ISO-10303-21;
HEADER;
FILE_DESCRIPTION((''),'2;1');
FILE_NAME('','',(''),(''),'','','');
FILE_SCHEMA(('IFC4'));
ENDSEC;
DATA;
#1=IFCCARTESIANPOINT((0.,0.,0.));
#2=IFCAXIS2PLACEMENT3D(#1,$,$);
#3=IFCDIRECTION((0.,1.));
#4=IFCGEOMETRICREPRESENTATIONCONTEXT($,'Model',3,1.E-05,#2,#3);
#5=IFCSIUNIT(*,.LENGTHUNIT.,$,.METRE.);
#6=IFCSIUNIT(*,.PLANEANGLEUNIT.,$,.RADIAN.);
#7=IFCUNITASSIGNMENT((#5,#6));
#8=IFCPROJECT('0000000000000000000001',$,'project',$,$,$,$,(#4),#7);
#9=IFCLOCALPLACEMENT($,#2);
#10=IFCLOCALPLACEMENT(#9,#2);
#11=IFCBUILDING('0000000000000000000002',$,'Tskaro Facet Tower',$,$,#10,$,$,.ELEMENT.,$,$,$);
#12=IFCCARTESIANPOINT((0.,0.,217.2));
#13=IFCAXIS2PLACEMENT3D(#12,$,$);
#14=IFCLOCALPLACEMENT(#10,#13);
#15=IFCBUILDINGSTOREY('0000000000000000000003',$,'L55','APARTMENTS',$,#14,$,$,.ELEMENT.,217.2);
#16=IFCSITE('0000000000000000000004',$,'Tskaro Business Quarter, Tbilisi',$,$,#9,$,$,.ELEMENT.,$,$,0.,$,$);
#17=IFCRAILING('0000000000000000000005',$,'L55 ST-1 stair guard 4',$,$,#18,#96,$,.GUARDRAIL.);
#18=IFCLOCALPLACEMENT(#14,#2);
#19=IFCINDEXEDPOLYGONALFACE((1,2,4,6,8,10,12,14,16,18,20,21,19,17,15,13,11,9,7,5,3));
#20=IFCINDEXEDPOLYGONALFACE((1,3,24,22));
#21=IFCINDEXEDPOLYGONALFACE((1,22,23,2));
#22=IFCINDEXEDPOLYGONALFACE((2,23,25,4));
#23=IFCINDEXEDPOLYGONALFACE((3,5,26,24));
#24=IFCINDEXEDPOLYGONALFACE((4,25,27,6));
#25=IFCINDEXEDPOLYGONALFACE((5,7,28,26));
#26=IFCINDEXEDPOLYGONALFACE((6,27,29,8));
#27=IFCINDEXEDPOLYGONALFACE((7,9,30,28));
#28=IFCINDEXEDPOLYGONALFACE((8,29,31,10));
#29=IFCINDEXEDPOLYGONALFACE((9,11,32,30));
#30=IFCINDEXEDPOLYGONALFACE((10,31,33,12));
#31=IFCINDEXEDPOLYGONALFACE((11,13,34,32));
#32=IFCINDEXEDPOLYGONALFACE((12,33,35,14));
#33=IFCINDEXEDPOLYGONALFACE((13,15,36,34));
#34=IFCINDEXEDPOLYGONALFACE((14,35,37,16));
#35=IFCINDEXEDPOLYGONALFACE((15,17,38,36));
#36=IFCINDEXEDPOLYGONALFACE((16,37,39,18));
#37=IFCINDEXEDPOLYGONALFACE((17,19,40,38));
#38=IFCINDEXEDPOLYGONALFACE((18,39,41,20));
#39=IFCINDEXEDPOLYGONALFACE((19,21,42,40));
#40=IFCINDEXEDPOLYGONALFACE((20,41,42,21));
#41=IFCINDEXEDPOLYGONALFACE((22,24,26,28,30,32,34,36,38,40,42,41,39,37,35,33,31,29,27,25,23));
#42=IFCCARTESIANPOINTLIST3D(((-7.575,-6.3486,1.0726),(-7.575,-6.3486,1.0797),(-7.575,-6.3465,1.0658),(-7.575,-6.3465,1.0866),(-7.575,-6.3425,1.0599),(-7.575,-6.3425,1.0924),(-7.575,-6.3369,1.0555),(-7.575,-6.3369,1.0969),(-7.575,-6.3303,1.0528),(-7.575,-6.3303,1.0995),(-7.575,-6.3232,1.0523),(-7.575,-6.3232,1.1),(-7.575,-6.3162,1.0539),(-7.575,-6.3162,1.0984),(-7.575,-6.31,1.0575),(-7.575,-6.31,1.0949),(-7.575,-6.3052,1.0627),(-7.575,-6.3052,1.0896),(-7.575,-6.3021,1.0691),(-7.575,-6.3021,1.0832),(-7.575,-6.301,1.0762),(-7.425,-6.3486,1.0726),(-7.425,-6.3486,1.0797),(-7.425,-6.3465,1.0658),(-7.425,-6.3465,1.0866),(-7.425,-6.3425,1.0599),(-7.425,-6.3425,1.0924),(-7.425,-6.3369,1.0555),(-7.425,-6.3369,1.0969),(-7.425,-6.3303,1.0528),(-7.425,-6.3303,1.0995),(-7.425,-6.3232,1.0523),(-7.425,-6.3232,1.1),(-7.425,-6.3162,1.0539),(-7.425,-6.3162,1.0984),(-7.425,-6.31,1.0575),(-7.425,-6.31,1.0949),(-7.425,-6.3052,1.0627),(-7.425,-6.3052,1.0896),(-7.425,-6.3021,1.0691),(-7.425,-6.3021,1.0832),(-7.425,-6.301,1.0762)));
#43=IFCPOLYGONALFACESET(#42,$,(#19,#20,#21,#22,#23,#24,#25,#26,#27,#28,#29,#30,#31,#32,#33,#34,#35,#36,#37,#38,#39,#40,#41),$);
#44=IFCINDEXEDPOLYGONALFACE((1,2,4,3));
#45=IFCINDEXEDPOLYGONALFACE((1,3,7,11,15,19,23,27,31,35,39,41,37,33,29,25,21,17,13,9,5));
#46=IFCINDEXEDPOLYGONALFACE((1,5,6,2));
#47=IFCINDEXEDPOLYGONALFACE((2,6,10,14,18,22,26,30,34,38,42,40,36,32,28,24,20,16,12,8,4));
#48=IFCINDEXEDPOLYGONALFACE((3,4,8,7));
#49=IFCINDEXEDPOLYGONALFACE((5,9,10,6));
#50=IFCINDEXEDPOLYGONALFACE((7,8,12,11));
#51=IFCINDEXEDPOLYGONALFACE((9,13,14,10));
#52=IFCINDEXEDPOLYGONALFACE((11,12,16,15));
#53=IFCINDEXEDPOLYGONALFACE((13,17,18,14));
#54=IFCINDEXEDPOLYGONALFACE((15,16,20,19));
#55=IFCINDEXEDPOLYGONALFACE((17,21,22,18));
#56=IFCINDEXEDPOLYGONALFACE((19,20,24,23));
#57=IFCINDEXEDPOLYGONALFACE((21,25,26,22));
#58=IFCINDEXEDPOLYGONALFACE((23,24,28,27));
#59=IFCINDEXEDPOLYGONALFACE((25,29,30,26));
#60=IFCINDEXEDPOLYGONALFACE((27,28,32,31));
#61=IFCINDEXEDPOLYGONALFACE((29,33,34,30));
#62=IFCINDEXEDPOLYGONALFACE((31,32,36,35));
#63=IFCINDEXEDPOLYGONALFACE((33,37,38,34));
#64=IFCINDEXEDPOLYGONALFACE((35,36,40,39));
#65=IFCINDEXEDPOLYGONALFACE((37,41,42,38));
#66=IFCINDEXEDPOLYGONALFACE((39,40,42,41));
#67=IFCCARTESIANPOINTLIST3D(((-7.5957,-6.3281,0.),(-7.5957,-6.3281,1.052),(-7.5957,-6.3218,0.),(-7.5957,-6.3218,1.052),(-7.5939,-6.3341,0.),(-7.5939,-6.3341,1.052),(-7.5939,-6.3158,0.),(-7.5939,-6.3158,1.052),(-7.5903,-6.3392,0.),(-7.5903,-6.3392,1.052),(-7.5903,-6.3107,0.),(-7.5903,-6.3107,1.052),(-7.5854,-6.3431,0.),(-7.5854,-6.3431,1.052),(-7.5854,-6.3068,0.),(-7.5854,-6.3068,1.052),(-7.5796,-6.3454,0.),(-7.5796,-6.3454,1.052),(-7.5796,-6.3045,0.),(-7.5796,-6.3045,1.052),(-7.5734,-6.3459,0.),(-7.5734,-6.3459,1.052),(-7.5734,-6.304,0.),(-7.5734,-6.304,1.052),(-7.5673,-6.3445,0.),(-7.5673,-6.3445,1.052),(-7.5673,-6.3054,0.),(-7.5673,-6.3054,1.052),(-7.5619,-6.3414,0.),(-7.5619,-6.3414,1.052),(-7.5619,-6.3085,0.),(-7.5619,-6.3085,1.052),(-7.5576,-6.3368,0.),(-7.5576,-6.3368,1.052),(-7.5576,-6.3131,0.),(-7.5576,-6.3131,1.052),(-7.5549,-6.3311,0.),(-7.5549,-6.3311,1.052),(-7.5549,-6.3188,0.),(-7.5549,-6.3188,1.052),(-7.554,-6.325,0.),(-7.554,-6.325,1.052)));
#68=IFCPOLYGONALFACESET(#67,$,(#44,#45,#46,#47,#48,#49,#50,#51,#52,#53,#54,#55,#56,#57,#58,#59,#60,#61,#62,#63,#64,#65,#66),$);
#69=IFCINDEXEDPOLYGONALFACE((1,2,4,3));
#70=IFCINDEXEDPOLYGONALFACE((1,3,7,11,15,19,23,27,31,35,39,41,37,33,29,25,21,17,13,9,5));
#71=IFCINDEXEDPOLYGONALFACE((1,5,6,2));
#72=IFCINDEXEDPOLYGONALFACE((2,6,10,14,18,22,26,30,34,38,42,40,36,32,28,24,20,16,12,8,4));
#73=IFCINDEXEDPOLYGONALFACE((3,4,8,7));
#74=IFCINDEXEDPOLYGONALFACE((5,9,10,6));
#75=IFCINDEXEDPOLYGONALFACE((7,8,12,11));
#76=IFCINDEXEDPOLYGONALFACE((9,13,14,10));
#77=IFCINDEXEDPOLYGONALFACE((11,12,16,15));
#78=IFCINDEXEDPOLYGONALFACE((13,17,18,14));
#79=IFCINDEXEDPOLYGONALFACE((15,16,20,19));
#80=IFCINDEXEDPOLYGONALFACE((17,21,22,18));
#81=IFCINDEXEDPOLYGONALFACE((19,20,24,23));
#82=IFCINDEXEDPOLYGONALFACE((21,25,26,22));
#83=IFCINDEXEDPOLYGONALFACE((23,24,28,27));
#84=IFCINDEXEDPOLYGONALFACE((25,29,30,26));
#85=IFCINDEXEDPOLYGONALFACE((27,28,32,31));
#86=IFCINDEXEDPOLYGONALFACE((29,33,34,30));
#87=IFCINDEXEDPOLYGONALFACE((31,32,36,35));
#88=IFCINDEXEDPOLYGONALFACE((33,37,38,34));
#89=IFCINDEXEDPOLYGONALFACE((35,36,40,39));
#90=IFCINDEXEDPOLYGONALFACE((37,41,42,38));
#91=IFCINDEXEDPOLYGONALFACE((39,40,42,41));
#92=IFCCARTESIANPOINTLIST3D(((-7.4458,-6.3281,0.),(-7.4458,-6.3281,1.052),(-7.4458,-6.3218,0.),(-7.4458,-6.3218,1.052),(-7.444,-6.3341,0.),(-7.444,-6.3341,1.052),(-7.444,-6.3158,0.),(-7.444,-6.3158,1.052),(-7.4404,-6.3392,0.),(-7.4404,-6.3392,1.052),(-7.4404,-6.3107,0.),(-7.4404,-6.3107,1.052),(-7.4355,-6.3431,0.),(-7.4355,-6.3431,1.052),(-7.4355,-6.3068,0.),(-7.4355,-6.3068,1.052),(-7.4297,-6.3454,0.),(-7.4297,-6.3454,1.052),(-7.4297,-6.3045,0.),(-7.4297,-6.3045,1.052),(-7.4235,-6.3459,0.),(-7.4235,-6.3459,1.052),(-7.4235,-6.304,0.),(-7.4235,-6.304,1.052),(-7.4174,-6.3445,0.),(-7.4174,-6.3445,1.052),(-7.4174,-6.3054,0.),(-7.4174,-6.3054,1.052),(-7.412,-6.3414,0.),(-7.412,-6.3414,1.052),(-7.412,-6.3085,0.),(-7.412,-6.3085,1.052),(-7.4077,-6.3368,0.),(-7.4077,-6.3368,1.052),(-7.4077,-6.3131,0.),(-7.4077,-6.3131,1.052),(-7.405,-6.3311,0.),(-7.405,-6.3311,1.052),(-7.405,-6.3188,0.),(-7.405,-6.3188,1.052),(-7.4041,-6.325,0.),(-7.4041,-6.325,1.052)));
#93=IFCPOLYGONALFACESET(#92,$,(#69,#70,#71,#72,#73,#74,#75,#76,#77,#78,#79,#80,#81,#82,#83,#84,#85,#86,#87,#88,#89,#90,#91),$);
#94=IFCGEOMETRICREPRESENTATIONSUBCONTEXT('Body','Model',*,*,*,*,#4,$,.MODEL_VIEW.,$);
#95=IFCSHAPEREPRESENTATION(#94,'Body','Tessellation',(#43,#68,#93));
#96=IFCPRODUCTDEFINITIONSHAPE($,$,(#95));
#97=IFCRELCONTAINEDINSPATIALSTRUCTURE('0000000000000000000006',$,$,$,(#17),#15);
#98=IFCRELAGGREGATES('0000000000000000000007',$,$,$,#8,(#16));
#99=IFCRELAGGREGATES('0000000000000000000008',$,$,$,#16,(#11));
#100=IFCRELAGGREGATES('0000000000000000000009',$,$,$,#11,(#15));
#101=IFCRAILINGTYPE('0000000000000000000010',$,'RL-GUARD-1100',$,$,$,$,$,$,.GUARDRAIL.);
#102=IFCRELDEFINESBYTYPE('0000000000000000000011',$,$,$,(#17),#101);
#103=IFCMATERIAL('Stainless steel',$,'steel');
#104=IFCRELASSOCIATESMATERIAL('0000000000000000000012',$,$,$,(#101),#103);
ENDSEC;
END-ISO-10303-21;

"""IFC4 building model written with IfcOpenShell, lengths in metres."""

from ifc_helpers import new_model, si_unit, direction, frame, origin, origin_2d, place, context, subcontext, project, spatial, circle, extrude, material, type_object, element, save


model = new_model("IFC4")

# Units and contexts
model_context = context("Model", 3, precision=1e-05, world=origin(), true_north=direction((0.0, 1.0)))
body_context = subcontext(model_context, "Body", "Model", "MODEL_VIEW")
ifc_project = project(units=[si_unit("LENGTHUNIT", "METRE"), si_unit("PLANEANGLEUNIT", "RADIAN")], contexts=[model_context])

# Site, building, storey
site_placement = place(None, origin())
site = spatial("IfcSite", under=ifc_project, at=site_placement, Name="Tskaro Business Quarter, Tbilisi", CompositionType="ELEMENT", RefElevation=0.0)
building_placement = place(site_placement, origin())
building = spatial("IfcBuilding", under=site, at=building_placement, Name="Tskaro Facet Tower", CompositionType="ELEMENT")
storey_placement = place(building_placement, frame((0.0, 0.0, 217.2)))
storey = spatial("IfcBuildingStorey", under=building, at=storey_placement, Name="L55", Description="APARTMENTS", CompositionType="ELEMENT", Elevation=217.2)

# Shared definitions
ifc_material_1 = material(Name="Stainless steel", Category="steel")

# Railing
railing_type_1 = type_object("IfcRailingType", Name="RL-GUARD-1100", PredefinedType="GUARDRAIL", material=ifc_material_1)
railing_1_placement = place(storey_placement, frame((-7.575, -6.325, 0.0)))
element("IfcRailing", 1, at=railing_1_placement, inside=storey, type_object=railing_type_1, Name="L55 ST-1 stair guard 4", PredefinedType="GUARDRAIL", context=body_context, shape_type="SweptSolid", body=[
    extrude(circle(Radius=0.0239, at=origin_2d()), frame((0.0, 0.0, 1.0762), z_axis=(1.0, 0.0, 0.0), x_axis=(0.0, 1.0, 0.0)), (0.0, 0.0, 1.0), 0.1499),
    extrude(circle(Radius=0.021, at=origin_2d()), origin(), (0.0, 0.0, 1.0), 1.052),
    extrude(circle(Radius=0.021, at=origin_2d()), frame((0.1499, 0.0, 0.0)), (0.0, 0.0, 1.0), 1.052),
])

save(model, "model.ifc")
